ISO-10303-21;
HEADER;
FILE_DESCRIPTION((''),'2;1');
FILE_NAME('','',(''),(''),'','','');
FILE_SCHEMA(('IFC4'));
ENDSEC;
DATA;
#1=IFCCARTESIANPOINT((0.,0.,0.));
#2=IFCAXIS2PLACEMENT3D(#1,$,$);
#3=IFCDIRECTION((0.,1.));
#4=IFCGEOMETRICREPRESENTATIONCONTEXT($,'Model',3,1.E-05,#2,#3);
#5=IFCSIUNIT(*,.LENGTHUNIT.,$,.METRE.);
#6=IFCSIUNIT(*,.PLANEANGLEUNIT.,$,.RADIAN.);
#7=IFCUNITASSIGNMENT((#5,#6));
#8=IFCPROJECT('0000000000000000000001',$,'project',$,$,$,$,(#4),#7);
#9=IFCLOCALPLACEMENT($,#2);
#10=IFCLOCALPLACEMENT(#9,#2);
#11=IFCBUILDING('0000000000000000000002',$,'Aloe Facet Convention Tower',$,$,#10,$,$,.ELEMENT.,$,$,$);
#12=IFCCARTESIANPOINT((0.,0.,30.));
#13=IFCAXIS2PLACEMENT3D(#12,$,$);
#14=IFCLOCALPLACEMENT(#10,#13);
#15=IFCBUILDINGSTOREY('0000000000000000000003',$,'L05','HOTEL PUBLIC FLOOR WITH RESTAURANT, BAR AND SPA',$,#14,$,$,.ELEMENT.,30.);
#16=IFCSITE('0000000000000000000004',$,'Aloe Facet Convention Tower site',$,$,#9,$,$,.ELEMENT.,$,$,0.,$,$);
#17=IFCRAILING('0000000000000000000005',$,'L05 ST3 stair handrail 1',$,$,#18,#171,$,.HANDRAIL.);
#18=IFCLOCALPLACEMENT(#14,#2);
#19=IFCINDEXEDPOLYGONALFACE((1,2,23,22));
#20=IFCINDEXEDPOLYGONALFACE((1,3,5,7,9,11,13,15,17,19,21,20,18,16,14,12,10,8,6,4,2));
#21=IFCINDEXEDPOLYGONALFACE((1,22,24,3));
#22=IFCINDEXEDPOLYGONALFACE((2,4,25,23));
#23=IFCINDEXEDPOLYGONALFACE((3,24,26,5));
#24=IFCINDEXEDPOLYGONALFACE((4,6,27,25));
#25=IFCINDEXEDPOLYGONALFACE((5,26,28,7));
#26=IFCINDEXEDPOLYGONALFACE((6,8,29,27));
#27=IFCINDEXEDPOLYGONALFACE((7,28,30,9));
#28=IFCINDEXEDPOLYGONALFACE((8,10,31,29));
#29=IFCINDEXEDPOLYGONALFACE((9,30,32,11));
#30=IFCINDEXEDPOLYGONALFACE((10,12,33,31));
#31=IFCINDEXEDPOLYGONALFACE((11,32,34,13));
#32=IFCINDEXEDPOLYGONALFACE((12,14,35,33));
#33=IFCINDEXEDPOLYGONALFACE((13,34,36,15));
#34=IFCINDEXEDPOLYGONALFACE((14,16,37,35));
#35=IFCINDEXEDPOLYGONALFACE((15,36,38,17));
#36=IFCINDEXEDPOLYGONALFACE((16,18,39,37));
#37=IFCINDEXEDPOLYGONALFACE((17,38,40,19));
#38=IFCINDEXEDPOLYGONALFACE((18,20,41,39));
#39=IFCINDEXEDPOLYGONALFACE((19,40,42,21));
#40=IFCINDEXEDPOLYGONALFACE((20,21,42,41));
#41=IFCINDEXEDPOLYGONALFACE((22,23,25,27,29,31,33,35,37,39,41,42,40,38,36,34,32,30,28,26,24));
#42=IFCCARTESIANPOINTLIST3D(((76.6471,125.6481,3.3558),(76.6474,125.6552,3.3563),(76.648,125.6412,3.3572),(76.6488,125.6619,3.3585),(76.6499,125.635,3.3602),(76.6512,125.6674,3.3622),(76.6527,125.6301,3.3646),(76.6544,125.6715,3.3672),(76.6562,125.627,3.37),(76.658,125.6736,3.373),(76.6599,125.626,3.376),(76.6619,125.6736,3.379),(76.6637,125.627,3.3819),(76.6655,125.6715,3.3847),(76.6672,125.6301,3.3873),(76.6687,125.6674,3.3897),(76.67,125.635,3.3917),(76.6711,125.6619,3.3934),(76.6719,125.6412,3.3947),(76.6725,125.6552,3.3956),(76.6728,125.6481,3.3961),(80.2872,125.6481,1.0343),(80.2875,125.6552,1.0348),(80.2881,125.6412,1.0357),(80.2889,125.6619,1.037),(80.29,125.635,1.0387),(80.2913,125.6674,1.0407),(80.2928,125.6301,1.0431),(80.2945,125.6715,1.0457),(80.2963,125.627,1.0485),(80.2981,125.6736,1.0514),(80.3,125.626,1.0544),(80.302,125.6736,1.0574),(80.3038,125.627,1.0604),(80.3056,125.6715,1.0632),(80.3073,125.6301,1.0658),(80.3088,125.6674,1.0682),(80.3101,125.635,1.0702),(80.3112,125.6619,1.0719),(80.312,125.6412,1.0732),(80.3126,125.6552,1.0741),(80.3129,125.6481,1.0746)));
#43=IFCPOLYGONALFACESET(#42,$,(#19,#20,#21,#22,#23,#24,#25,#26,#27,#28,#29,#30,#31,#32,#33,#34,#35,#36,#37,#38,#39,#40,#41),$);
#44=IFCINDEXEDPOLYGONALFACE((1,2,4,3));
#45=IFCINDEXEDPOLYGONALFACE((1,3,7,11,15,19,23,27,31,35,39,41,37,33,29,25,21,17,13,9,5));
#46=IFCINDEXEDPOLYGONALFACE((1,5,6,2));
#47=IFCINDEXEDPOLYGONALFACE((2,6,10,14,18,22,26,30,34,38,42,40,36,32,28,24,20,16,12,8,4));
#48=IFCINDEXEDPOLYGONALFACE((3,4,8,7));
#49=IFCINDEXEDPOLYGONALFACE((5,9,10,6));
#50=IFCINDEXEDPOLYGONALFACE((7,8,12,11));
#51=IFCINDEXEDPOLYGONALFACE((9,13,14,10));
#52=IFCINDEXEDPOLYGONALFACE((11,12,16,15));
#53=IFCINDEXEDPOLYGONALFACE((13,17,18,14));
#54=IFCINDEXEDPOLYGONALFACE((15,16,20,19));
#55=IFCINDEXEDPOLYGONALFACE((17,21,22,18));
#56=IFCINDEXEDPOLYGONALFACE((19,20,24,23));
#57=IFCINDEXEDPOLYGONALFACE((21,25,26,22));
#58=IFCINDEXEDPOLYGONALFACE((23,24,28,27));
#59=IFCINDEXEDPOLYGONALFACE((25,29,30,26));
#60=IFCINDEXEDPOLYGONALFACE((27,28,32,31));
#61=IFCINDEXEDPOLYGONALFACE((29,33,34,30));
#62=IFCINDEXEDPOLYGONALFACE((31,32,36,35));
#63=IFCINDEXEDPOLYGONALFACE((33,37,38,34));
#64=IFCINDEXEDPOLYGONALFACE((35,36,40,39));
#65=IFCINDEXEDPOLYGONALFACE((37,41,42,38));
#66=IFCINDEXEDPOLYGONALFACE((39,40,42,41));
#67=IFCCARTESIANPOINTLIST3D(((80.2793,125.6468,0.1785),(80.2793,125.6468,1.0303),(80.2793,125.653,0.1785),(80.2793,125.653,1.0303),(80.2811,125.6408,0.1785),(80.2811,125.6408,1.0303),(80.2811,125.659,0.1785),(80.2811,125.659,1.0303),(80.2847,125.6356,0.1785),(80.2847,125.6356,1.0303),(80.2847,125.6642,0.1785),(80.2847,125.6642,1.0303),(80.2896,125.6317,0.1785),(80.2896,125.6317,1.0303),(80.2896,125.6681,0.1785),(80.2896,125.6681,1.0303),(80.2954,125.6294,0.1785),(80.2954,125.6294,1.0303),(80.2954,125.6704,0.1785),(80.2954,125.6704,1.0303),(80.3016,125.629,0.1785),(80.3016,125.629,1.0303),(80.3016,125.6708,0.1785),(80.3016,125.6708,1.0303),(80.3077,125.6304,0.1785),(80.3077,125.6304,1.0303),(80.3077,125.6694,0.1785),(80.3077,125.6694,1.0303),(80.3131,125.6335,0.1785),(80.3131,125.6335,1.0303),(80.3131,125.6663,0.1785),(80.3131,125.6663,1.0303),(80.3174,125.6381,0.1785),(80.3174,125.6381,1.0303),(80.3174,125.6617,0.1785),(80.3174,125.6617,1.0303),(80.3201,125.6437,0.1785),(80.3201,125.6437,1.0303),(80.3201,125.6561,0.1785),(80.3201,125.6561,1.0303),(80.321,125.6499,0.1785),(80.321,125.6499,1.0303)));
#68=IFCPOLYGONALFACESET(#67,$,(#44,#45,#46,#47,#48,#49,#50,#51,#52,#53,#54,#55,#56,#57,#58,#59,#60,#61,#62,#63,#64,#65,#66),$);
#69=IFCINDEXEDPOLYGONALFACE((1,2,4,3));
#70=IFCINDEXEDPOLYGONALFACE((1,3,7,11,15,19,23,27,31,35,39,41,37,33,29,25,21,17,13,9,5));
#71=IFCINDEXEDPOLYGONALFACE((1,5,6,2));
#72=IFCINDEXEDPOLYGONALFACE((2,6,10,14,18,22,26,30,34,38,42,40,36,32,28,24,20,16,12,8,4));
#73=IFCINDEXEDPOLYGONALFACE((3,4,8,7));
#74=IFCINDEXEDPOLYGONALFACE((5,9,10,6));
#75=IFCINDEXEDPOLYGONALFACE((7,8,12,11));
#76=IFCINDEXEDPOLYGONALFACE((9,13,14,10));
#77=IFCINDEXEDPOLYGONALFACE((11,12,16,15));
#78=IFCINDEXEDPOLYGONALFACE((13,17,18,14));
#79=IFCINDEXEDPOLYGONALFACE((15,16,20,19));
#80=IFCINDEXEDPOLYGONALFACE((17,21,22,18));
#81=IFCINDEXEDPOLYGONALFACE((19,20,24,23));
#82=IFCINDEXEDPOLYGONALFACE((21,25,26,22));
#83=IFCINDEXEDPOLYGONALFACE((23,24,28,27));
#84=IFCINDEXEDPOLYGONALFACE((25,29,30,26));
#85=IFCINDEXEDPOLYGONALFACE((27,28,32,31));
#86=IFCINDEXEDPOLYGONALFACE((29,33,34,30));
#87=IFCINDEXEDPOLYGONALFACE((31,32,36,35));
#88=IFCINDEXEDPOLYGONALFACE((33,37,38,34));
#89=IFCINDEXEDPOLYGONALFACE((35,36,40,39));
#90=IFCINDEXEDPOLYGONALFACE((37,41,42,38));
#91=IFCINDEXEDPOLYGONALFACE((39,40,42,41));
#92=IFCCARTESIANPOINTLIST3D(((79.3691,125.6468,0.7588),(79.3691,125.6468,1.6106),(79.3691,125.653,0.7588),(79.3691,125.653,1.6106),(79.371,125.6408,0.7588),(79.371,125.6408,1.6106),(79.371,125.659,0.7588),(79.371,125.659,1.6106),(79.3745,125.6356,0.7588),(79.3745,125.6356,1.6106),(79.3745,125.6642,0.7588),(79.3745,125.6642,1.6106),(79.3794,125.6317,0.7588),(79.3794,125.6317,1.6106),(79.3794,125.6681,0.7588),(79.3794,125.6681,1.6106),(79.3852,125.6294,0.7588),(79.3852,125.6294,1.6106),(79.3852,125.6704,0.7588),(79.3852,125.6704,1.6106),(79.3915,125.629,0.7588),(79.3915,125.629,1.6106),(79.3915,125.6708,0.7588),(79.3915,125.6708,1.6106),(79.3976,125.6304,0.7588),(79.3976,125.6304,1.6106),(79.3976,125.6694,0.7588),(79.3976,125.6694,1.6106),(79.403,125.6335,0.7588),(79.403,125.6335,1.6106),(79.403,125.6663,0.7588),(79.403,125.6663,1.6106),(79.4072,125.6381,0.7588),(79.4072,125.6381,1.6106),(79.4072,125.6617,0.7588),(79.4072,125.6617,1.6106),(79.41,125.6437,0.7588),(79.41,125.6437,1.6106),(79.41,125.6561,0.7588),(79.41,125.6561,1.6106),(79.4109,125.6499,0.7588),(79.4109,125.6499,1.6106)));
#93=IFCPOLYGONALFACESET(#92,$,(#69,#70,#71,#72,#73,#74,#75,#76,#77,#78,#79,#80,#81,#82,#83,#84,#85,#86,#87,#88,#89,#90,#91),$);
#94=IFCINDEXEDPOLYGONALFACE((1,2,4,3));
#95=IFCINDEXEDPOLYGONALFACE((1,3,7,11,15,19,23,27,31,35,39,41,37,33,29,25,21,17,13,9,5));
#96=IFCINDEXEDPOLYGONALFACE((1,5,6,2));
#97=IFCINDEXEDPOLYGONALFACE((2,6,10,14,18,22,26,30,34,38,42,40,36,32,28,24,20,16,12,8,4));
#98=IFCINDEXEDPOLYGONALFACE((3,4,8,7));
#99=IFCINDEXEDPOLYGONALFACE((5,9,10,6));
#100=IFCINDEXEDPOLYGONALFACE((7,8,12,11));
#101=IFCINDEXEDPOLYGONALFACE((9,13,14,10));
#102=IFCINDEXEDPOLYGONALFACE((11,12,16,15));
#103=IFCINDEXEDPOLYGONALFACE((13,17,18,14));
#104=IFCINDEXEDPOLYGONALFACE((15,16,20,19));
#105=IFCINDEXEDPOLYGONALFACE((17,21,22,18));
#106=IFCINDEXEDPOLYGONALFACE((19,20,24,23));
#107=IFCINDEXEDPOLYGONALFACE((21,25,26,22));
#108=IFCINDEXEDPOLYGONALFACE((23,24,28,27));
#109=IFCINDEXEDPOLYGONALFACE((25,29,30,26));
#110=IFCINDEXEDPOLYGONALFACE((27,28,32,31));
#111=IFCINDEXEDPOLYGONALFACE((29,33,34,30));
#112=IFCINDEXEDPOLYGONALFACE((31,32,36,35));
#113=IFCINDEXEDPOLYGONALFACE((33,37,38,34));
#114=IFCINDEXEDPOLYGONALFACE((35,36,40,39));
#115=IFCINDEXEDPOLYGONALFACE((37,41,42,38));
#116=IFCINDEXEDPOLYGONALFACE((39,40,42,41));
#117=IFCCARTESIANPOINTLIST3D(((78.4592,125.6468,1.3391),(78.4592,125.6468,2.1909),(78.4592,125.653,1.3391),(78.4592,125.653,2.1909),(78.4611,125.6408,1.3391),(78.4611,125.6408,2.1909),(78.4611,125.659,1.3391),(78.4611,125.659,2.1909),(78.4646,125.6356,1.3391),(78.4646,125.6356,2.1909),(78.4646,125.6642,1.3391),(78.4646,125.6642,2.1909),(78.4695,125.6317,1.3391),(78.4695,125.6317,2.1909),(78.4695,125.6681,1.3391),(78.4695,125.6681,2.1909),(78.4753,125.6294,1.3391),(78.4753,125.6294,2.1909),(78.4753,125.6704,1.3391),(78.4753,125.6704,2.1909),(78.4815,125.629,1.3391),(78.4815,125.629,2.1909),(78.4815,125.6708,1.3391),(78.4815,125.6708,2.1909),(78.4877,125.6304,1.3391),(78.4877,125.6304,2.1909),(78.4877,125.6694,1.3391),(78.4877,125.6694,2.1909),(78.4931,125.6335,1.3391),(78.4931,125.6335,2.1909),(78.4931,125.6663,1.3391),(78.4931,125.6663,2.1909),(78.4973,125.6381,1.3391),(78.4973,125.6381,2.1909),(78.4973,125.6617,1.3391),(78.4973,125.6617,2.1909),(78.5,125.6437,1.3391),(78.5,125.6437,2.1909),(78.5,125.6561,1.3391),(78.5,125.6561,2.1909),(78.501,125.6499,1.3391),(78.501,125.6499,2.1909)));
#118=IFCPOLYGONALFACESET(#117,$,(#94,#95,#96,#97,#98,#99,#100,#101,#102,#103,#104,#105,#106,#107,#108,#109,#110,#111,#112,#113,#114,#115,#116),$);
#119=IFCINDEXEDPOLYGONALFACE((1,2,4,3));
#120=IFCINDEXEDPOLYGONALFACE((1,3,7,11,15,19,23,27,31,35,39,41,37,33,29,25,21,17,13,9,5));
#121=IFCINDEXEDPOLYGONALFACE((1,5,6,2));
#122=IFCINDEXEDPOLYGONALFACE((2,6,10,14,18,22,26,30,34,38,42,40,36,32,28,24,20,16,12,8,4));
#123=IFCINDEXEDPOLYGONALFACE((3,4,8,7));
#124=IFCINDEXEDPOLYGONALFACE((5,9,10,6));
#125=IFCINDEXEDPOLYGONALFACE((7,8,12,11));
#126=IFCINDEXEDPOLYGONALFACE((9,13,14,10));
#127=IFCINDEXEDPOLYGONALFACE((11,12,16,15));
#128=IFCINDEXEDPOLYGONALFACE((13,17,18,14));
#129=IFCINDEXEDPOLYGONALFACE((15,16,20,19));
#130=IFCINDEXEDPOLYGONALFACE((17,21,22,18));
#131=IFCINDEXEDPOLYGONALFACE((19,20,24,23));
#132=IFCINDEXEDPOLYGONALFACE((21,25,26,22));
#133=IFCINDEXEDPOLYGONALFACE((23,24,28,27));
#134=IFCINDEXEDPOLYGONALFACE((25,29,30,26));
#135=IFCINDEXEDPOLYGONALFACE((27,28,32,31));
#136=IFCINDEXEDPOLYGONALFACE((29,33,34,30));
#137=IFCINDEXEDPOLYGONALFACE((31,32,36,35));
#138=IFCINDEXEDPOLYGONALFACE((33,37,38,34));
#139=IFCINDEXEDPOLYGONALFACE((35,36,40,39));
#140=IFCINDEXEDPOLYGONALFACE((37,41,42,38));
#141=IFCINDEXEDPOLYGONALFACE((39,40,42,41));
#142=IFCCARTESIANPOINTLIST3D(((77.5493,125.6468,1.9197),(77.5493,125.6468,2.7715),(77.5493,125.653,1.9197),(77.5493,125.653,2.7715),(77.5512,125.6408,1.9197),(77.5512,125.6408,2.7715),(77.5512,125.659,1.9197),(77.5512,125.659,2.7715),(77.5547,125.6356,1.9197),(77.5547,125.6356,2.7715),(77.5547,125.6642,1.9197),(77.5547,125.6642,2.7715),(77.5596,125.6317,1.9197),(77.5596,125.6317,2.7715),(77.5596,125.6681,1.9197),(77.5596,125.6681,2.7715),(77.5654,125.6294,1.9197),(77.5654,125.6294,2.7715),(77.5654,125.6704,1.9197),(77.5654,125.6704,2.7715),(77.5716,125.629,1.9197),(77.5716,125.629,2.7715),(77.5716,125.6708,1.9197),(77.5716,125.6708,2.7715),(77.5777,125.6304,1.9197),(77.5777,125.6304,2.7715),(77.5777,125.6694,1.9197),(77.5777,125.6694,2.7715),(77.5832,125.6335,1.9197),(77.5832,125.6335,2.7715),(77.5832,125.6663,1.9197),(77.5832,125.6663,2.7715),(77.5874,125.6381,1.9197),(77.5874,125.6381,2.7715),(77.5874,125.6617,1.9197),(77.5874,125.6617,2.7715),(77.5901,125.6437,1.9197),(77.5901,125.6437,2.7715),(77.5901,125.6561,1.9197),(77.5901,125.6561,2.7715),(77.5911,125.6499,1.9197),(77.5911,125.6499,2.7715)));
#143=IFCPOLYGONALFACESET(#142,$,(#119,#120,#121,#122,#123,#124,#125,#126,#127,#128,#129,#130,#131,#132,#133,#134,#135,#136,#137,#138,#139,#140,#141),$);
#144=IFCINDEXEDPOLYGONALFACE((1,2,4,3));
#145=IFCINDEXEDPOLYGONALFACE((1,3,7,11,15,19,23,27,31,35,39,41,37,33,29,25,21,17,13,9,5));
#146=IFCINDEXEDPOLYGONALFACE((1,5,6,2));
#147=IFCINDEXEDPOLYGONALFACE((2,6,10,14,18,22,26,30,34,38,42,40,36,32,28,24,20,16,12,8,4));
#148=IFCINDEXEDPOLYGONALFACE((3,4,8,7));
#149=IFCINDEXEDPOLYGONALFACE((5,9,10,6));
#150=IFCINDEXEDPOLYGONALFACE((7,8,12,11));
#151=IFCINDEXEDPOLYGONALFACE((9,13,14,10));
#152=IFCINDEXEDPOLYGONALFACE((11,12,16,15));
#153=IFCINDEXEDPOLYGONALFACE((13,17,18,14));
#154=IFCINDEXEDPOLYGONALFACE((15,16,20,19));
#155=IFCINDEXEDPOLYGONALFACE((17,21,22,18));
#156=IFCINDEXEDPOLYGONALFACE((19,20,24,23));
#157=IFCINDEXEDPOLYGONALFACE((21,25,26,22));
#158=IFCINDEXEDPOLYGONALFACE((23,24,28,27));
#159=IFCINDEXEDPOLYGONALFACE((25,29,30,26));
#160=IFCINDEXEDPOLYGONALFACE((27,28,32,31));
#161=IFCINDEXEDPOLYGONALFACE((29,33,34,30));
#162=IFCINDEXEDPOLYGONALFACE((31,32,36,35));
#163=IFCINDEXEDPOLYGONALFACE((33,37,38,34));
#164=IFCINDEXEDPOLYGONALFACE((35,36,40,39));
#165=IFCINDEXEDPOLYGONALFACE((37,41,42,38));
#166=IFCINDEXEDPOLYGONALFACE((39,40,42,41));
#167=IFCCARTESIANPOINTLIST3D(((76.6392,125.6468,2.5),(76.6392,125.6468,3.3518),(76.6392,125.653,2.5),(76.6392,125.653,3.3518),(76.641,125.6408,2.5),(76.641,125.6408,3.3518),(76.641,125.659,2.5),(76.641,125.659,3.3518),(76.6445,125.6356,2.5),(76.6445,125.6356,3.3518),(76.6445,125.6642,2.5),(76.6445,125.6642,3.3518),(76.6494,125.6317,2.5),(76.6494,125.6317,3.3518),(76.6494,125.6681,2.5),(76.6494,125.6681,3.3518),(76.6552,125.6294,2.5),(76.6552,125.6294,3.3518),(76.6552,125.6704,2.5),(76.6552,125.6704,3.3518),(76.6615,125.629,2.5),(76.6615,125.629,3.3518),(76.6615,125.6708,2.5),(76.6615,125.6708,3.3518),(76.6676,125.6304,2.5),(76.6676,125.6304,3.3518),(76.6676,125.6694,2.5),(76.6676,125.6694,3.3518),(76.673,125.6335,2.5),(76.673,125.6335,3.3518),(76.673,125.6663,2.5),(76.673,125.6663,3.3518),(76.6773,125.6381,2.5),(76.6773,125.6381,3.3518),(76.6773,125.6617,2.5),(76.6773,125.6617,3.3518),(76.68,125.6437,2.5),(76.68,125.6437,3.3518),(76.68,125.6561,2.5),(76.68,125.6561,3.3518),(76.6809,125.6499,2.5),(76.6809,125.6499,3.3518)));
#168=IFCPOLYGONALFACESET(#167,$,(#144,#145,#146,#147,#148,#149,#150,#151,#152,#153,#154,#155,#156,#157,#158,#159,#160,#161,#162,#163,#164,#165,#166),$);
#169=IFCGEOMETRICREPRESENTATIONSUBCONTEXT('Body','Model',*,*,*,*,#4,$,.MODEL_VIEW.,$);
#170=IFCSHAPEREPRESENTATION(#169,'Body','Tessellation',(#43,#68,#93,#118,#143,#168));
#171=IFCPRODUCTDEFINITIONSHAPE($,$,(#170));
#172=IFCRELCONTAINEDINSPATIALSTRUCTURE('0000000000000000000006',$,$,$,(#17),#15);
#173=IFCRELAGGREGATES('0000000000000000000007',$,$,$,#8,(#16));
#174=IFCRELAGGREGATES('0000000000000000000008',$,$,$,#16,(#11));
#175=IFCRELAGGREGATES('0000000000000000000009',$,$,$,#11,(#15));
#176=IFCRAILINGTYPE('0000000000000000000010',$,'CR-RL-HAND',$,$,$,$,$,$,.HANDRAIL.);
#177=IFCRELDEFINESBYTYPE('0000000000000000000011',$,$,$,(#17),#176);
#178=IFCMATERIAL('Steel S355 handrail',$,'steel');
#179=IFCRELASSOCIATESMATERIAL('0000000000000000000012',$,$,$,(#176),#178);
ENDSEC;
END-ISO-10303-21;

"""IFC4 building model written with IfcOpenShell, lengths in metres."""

from ifc_helpers import new_model, si_unit, direction, frame, origin, origin_2d, place, context, subcontext, project, spatial, circle, extrude, material, type_object, element, save


model = new_model("IFC4")

# Units and contexts
model_context = context("Model", 3, precision=1e-05, world=origin(), true_north=direction((0.0, 1.0)))
body_context = subcontext(model_context, "Body", "Model", "MODEL_VIEW")
ifc_project = project(units=[si_unit("LENGTHUNIT", "METRE"), si_unit("PLANEANGLEUNIT", "RADIAN")], contexts=[model_context])

# Site, building, storey
site_placement = place(None, origin())
site = spatial("IfcSite", under=ifc_project, at=site_placement, Name="Aloe Facet Convention Tower site", CompositionType="ELEMENT", RefElevation=0.0)
building_placement = place(site_placement, origin())
building = spatial("IfcBuilding", under=site, at=building_placement, Name="Aloe Facet Convention Tower", CompositionType="ELEMENT")
storey_placement = place(building_placement, frame((0.0, 0.0, 30.0)))
storey = spatial("IfcBuildingStorey", under=building, at=storey_placement, Name="L05", Description="HOTEL PUBLIC FLOOR WITH RESTAURANT, BAR AND SPA", CompositionType="ELEMENT", Elevation=30.0)

# Railing
ifc_material_1 = material(Name="Steel S355 handrail", Category="steel")
railing_type_1 = type_object("IfcRailingType", Name="CR-RL-HAND", PredefinedType="HANDRAIL", material=ifc_material_1)
railing_1_placement = place(storey_placement, frame((80.3, 125.6499, 0.1785)))
element("IfcRailing", 1, at=railing_1_placement, inside=storey, type_object=railing_type_1, Name="L05 ST3 stair handrail 1", PredefinedType="HANDRAIL", context=body_context, shape_type="SweptSolid", body=[
    extrude(circle(Radius=0.0239, at=origin_2d()), frame((0.0, 0.0, 0.876), z_axis=(-0.843128, 0.0, 0.537713), x_axis=(0.0, -1.0, 0.0)), (0.0, 0.0, 1.0), 4.3174),
    extrude(circle(Radius=0.021, at=origin_2d()), origin(), (0.0, 0.0, 1.0), 0.8518),
    extrude(circle(Radius=0.021, at=origin_2d()), frame((-0.9102, 0.0, 0.5803)), (0.0, 0.0, 1.0), 0.8518),
    extrude(circle(Radius=0.021, at=origin_2d()), frame((-1.8201, 0.0, 1.1606)), (0.0, 0.0, 1.0), 0.8518),
    extrude(circle(Radius=0.021, at=origin_2d()), frame((-2.73, 0.0, 1.7412)), (0.0, 0.0, 1.0), 0.8518),
    extrude(circle(Radius=0.021, at=origin_2d()), frame((-3.6401, 0.0, 2.3215)), (0.0, 0.0, 1.0), 0.8518),
])

save(model, "model.ifc")
